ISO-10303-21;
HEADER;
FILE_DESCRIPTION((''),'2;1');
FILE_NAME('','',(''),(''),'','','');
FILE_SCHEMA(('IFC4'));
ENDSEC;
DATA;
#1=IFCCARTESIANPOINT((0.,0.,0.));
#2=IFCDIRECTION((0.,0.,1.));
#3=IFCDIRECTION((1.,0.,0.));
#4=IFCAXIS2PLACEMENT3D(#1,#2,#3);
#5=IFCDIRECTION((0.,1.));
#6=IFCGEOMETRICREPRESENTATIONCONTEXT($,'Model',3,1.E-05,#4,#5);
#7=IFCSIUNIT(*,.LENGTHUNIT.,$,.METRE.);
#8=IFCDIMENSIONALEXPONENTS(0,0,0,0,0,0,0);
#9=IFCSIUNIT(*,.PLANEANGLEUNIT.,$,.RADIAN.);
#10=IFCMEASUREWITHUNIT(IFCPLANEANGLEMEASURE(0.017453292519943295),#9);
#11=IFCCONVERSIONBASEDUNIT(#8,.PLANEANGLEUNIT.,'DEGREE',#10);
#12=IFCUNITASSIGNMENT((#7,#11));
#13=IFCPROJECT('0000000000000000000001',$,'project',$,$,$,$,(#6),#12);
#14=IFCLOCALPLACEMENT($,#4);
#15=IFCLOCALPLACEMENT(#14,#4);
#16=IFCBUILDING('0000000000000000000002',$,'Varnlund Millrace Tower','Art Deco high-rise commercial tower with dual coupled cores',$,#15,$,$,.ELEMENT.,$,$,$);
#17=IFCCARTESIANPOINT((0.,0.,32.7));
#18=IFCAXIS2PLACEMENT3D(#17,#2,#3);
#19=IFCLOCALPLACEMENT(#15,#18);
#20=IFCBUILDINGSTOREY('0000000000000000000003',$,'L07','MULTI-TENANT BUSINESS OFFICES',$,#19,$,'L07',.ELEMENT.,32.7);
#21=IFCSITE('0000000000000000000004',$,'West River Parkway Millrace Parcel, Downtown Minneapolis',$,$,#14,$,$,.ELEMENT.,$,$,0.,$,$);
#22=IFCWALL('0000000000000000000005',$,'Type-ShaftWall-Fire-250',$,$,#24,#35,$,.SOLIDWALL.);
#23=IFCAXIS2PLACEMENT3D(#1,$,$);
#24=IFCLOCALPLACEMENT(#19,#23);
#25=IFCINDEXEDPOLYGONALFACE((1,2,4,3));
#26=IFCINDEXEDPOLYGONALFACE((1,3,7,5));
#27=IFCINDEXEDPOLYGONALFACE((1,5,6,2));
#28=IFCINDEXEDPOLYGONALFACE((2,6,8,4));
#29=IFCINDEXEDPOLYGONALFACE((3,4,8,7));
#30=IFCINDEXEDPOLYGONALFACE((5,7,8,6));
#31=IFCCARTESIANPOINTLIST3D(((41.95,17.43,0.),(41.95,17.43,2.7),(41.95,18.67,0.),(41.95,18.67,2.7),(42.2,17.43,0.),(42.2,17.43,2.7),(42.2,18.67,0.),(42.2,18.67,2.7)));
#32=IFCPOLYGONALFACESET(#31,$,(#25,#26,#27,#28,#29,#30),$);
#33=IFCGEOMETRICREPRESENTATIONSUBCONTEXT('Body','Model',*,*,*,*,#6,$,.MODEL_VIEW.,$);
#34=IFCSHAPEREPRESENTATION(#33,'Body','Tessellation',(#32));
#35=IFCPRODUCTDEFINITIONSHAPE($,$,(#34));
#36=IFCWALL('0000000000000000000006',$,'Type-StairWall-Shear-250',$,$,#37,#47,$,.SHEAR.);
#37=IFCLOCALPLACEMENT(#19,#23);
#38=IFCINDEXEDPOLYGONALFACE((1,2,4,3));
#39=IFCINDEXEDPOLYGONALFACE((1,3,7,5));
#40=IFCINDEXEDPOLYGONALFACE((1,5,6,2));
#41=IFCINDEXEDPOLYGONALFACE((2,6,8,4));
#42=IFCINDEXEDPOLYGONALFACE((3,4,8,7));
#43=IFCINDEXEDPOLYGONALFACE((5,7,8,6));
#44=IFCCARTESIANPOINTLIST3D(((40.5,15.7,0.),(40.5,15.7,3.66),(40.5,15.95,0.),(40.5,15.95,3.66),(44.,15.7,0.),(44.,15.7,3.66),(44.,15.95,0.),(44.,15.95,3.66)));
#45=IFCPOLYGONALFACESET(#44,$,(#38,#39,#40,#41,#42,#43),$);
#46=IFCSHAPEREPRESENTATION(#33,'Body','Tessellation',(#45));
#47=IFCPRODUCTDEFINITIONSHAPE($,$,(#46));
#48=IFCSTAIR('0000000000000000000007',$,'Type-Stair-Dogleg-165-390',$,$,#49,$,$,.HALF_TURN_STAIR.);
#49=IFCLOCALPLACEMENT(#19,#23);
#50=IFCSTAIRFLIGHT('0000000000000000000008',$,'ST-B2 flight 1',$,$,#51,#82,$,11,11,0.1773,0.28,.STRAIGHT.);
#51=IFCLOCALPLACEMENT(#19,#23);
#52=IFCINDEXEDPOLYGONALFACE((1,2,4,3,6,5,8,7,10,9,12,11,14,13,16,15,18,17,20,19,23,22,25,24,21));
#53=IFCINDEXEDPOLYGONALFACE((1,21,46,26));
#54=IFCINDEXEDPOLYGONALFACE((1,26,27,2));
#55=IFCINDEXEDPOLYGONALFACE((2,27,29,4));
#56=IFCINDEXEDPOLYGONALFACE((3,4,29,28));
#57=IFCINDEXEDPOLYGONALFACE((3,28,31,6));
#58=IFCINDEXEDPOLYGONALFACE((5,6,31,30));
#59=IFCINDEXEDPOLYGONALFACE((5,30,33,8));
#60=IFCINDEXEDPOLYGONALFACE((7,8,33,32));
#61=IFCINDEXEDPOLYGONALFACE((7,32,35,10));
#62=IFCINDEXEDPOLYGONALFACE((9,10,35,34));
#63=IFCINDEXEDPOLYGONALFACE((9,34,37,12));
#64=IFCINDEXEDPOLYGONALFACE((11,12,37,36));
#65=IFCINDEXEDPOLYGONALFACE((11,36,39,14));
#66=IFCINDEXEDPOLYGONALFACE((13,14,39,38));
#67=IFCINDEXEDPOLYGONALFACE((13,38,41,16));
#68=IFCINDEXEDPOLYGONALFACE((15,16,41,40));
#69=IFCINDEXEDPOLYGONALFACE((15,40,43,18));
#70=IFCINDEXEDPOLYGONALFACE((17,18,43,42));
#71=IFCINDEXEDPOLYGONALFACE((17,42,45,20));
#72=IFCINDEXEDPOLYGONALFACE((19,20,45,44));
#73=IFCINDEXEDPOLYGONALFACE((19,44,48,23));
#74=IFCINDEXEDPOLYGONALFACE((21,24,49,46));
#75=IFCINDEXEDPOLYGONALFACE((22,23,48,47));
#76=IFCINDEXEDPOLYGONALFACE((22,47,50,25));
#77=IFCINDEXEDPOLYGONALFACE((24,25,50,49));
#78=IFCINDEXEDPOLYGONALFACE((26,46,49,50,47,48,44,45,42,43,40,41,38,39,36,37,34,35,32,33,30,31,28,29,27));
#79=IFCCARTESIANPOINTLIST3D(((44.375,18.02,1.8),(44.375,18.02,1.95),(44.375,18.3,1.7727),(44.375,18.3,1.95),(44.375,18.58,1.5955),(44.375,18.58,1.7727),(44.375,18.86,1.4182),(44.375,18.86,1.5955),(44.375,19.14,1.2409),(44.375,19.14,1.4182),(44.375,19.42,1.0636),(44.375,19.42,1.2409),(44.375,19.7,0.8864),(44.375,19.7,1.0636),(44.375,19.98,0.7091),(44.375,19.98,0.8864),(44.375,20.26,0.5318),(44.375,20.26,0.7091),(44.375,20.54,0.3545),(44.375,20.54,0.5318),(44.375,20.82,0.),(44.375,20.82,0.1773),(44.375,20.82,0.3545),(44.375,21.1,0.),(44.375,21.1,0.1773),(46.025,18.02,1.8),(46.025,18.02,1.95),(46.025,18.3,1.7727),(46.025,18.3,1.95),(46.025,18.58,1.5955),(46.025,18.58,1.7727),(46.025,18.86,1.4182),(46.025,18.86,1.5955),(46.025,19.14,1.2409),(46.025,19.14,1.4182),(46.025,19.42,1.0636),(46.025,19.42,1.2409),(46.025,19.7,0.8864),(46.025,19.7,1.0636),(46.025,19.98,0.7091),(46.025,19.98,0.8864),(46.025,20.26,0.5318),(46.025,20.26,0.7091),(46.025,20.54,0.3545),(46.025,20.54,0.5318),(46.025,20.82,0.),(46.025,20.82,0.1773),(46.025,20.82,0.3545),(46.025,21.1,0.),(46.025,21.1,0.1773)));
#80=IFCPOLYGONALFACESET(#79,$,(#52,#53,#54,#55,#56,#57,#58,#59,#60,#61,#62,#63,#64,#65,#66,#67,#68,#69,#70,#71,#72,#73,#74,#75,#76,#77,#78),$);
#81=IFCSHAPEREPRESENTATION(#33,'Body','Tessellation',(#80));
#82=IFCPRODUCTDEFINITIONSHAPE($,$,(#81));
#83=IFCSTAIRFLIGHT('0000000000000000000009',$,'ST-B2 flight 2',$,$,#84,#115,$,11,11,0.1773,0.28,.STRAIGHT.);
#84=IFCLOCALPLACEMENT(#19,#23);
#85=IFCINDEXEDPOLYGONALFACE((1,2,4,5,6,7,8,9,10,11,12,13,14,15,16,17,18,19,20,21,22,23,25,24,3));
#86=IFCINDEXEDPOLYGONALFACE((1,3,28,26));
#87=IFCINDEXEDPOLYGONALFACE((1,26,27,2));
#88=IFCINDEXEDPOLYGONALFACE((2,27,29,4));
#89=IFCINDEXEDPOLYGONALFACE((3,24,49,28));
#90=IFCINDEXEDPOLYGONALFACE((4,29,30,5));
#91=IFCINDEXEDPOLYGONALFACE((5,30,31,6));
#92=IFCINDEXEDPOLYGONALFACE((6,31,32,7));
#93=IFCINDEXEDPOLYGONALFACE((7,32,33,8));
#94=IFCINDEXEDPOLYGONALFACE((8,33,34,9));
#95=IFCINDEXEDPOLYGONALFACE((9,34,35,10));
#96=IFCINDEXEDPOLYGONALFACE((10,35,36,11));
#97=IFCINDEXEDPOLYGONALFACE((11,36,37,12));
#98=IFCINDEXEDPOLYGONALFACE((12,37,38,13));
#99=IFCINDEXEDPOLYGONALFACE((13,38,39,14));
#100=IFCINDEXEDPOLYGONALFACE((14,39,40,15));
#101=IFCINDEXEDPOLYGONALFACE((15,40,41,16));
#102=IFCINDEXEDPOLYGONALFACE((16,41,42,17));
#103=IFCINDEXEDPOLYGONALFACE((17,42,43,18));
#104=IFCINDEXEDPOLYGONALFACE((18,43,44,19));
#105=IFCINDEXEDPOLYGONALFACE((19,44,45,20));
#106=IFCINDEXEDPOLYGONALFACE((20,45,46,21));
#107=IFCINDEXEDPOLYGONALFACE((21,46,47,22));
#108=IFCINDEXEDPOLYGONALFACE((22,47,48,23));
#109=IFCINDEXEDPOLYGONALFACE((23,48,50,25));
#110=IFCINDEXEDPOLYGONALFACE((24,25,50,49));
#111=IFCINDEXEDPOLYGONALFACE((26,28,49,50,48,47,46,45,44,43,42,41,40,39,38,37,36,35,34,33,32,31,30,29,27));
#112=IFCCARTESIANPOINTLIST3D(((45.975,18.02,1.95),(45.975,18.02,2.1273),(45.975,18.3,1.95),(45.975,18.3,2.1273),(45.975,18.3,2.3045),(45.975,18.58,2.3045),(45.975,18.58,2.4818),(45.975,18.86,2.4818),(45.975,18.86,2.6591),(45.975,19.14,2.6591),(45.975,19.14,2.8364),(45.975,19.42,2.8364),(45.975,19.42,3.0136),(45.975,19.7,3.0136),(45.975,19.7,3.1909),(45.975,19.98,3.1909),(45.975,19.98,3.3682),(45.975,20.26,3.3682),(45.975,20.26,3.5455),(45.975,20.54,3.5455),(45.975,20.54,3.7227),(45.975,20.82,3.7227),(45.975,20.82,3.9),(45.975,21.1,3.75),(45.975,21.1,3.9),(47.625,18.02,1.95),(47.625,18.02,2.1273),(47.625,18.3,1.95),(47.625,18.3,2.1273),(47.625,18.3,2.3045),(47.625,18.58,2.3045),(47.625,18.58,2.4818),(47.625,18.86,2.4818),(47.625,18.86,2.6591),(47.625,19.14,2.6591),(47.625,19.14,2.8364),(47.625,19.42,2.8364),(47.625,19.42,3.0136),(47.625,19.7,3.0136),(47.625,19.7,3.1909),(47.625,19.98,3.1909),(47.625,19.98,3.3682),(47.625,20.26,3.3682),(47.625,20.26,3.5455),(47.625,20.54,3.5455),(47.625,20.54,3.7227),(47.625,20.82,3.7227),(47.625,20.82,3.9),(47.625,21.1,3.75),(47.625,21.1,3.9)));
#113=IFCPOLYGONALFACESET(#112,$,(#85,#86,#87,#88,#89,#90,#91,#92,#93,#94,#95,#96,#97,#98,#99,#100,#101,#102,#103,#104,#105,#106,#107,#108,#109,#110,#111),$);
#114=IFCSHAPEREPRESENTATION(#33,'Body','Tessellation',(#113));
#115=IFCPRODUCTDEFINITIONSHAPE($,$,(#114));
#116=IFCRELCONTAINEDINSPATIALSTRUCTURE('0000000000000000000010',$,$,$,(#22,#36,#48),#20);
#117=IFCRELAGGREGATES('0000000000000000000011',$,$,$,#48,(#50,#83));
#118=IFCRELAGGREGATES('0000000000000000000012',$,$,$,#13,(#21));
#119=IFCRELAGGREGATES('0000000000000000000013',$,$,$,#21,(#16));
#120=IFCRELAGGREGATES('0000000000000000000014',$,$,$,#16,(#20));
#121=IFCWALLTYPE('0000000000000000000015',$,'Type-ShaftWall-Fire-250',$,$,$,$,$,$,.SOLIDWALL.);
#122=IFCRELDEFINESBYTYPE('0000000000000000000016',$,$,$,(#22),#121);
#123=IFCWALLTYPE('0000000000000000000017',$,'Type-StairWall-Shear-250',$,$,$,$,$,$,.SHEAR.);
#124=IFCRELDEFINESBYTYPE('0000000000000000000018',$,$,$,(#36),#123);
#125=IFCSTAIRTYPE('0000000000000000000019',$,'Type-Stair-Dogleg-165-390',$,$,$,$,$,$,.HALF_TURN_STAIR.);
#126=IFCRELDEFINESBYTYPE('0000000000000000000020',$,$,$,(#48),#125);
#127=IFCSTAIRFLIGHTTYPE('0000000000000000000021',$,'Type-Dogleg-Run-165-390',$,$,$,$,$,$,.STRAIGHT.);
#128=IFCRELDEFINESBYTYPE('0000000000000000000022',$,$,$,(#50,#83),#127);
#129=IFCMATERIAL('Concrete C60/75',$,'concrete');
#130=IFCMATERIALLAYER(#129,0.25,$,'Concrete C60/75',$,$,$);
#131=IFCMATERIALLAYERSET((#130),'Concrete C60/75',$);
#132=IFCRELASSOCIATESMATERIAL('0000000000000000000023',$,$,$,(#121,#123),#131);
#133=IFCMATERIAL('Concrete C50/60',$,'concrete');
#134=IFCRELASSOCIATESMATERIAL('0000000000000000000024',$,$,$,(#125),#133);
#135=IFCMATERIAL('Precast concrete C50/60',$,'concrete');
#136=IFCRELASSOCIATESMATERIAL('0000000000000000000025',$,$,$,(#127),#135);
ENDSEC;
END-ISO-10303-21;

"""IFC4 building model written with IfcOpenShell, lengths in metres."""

from ifc_helpers import new_model, entity, si_unit, converted_unit, direction, frame, origin_with_axes, place, context, subcontext, project, spatial, polyline, outline, extrude, material, layer, layer_set, type_object, element, aggregate, save


model = new_model("IFC4")

# Units and contexts
model_context = context("Model", 3, precision=1e-05, world=origin_with_axes(), true_north=direction((0.0, 1.0)))
body_context = subcontext(model_context, "Body", "Model", "MODEL_VIEW")
ifc_project = project(units=[si_unit("LENGTHUNIT", "METRE"), converted_unit("PLANEANGLEUNIT", "DEGREE", entity("IfcPlaneAngleMeasure", 0.017453292519943295), si_unit("PLANEANGLEUNIT", "RADIAN"), dimensions=[0, 0, 0, 0, 0, 0, 0])], contexts=[model_context])

# Site, building, storey
site_placement = place(None, origin_with_axes())
site = spatial("IfcSite", under=ifc_project, at=site_placement, Name="West River Parkway Millrace Parcel, Downtown Minneapolis", CompositionType="ELEMENT", RefElevation=0.0)
building_placement = place(site_placement, origin_with_axes())
building = spatial("IfcBuilding", under=site, at=building_placement, Name="Varnlund Millrace Tower", Description="Art Deco high-rise commercial tower with dual coupled cores", CompositionType="ELEMENT")
storey_placement = place(building_placement, frame((0.0, 0.0, 32.7), z_axis=(0.0, 0.0, 1.0), x_axis=(1.0, 0.0, 0.0)))
storey = spatial("IfcBuildingStorey", under=building, at=storey_placement, Name="L07", Description="MULTI-TENANT BUSINESS OFFICES", LongName="L07", CompositionType="ELEMENT", Elevation=32.7)

# Shared definitions
ifc_material_1 = material(Name="Precast concrete C50/60", Category="concrete")

# Shared definitions
ifc_material_2 = material(Name="Concrete C60/75", Category="concrete")
ifc_layer_1 = layer(ifc_material_2, 0.25, Name="Concrete C60/75")
ifc_layer_set_1 = layer_set([ifc_layer_1], Name="Concrete C60/75")
wall_type_1 = type_object("IfcWallType", Name="Type-ShaftWall-Fire-250", PredefinedType="SOLIDWALL", material=ifc_layer_set_1)

# Walls
wall_1_placement = place(storey_placement, frame((42.075, 17.43, 0.0), z_axis=(0.0, 0.0, 1.0), x_axis=(0.0, 1.0, 0.0)))
element("IfcWall", 1, at=wall_1_placement, inside=storey, type_object=wall_type_1, Name="Type-ShaftWall-Fire-250", PredefinedType="SOLIDWALL", context=body_context, shape_type="SweptSolid", body=[
    extrude(outline(polyline([(0.0, -0.125), (1.24, -0.125), (1.24, 0.125), (0.0, 0.125), (0.0, -0.125)])), origin_with_axes(), (0.0, 0.0, 1.0), 2.7),
])
wall_type_2 = type_object("IfcWallType", Name="Type-StairWall-Shear-250", PredefinedType="SHEAR", material=ifc_layer_set_1)
wall_2_placement = place(storey_placement, frame((40.5, 15.825, 0.0), z_axis=(0.0, 0.0, 1.0), x_axis=(1.0, 0.0, 0.0)))
element("IfcWall", 2, at=wall_2_placement, inside=storey, type_object=wall_type_2, Name="Type-StairWall-Shear-250", PredefinedType="SHEAR", context=body_context, shape_type="SweptSolid", body=[
    extrude(outline(polyline([(0.0, -0.125), (3.5, -0.125), (3.5, 0.125), (0.0, 0.125), (0.0, -0.125)])), origin_with_axes(), (0.0, 0.0, 1.0), 3.66),
])

# Stair, stair flights
ifc_material_3 = material(Name="Concrete C50/60", Category="concrete")
stair_type = type_object("IfcStairType", Name="Type-Stair-Dogleg-165-390", PredefinedType="HALF_TURN_STAIR", material=ifc_material_3)
stair_placement = place(storey_placement, origin_with_axes())
stair = element("IfcStair", 3, at=stair_placement, inside=storey, type_object=stair_type, Name="Type-Stair-Dogleg-165-390", PredefinedType="HALF_TURN_STAIR")
stair_flight_type = type_object("IfcStairFlightType", Name="Type-Dogleg-Run-165-390", PredefinedType="STRAIGHT", material=ifc_material_1)
stair_flight_1_placement = place(storey_placement, frame((46.025, 21.1, 0.0), z_axis=(-1.0, 0.0, 0.0), x_axis=(0.0, -1.0, 0.0)))
stair_flight_1 = element("IfcStairFlight", 4, at=stair_flight_1_placement, type_object=stair_flight_type, Name="ST-B2 flight 1", NumberOfRisers=11, NumberOfTreads=11, PredefinedType="STRAIGHT", RiserHeight=0.1773, TreadLength=0.28, context=body_context, shape_type="SweptSolid", body=[
    extrude(outline(polyline([(0.0, 0.0), (0.0, 0.1773), (0.28, 0.1773), (0.28, 0.3545), (0.56, 0.3545), (0.56, 0.5318), (0.84, 0.5318), (0.84, 0.7091), (1.12, 0.7091), (1.12, 0.8864), (1.4, 0.8864), (1.4, 1.0636), (1.68, 1.0636), (1.68, 1.2409), (1.96, 1.2409), (1.96, 1.4182), (2.24, 1.4182), (2.24, 1.5955), (2.52, 1.5955), (2.52, 1.7727), (2.8, 1.7727), (2.8, 1.95), (3.08, 1.95), (3.08, 1.8), (0.28, 0.0), (0.0, 0.0)])), origin_with_axes(), (0.0, 0.0, 1.0), 1.65),
])
stair_flight_2_placement = place(storey_placement, frame((45.975, 18.02, 1.95), z_axis=(1.0, 0.0, 0.0), x_axis=(0.0, 1.0, 0.0)))
stair_flight_2 = element("IfcStairFlight", 5, at=stair_flight_2_placement, type_object=stair_flight_type, Name="ST-B2 flight 2", NumberOfRisers=11, NumberOfTreads=11, PredefinedType="STRAIGHT", RiserHeight=0.1773, TreadLength=0.28, context=body_context, shape_type="SweptSolid", body=[
    extrude(outline(polyline([(0.0, 0.0), (0.0, 0.1773), (0.28, 0.1773), (0.28, 0.3545), (0.56, 0.3545), (0.56, 0.5318), (0.84, 0.5318), (0.84, 0.7091), (1.12, 0.7091), (1.12, 0.8864), (1.4, 0.8864), (1.4, 1.0636), (1.68, 1.0636), (1.68, 1.2409), (1.96, 1.2409), (1.96, 1.4182), (2.24, 1.4182), (2.24, 1.5955), (2.52, 1.5955), (2.52, 1.7727), (2.8, 1.7727), (2.8, 1.95), (3.08, 1.95), (3.08, 1.8), (0.28, 0.0), (0.0, 0.0)])), origin_with_axes(), (0.0, 0.0, 1.0), 1.65),
])
aggregate(stair, [stair_flight_1, stair_flight_2])

save(model, "model.ifc")
